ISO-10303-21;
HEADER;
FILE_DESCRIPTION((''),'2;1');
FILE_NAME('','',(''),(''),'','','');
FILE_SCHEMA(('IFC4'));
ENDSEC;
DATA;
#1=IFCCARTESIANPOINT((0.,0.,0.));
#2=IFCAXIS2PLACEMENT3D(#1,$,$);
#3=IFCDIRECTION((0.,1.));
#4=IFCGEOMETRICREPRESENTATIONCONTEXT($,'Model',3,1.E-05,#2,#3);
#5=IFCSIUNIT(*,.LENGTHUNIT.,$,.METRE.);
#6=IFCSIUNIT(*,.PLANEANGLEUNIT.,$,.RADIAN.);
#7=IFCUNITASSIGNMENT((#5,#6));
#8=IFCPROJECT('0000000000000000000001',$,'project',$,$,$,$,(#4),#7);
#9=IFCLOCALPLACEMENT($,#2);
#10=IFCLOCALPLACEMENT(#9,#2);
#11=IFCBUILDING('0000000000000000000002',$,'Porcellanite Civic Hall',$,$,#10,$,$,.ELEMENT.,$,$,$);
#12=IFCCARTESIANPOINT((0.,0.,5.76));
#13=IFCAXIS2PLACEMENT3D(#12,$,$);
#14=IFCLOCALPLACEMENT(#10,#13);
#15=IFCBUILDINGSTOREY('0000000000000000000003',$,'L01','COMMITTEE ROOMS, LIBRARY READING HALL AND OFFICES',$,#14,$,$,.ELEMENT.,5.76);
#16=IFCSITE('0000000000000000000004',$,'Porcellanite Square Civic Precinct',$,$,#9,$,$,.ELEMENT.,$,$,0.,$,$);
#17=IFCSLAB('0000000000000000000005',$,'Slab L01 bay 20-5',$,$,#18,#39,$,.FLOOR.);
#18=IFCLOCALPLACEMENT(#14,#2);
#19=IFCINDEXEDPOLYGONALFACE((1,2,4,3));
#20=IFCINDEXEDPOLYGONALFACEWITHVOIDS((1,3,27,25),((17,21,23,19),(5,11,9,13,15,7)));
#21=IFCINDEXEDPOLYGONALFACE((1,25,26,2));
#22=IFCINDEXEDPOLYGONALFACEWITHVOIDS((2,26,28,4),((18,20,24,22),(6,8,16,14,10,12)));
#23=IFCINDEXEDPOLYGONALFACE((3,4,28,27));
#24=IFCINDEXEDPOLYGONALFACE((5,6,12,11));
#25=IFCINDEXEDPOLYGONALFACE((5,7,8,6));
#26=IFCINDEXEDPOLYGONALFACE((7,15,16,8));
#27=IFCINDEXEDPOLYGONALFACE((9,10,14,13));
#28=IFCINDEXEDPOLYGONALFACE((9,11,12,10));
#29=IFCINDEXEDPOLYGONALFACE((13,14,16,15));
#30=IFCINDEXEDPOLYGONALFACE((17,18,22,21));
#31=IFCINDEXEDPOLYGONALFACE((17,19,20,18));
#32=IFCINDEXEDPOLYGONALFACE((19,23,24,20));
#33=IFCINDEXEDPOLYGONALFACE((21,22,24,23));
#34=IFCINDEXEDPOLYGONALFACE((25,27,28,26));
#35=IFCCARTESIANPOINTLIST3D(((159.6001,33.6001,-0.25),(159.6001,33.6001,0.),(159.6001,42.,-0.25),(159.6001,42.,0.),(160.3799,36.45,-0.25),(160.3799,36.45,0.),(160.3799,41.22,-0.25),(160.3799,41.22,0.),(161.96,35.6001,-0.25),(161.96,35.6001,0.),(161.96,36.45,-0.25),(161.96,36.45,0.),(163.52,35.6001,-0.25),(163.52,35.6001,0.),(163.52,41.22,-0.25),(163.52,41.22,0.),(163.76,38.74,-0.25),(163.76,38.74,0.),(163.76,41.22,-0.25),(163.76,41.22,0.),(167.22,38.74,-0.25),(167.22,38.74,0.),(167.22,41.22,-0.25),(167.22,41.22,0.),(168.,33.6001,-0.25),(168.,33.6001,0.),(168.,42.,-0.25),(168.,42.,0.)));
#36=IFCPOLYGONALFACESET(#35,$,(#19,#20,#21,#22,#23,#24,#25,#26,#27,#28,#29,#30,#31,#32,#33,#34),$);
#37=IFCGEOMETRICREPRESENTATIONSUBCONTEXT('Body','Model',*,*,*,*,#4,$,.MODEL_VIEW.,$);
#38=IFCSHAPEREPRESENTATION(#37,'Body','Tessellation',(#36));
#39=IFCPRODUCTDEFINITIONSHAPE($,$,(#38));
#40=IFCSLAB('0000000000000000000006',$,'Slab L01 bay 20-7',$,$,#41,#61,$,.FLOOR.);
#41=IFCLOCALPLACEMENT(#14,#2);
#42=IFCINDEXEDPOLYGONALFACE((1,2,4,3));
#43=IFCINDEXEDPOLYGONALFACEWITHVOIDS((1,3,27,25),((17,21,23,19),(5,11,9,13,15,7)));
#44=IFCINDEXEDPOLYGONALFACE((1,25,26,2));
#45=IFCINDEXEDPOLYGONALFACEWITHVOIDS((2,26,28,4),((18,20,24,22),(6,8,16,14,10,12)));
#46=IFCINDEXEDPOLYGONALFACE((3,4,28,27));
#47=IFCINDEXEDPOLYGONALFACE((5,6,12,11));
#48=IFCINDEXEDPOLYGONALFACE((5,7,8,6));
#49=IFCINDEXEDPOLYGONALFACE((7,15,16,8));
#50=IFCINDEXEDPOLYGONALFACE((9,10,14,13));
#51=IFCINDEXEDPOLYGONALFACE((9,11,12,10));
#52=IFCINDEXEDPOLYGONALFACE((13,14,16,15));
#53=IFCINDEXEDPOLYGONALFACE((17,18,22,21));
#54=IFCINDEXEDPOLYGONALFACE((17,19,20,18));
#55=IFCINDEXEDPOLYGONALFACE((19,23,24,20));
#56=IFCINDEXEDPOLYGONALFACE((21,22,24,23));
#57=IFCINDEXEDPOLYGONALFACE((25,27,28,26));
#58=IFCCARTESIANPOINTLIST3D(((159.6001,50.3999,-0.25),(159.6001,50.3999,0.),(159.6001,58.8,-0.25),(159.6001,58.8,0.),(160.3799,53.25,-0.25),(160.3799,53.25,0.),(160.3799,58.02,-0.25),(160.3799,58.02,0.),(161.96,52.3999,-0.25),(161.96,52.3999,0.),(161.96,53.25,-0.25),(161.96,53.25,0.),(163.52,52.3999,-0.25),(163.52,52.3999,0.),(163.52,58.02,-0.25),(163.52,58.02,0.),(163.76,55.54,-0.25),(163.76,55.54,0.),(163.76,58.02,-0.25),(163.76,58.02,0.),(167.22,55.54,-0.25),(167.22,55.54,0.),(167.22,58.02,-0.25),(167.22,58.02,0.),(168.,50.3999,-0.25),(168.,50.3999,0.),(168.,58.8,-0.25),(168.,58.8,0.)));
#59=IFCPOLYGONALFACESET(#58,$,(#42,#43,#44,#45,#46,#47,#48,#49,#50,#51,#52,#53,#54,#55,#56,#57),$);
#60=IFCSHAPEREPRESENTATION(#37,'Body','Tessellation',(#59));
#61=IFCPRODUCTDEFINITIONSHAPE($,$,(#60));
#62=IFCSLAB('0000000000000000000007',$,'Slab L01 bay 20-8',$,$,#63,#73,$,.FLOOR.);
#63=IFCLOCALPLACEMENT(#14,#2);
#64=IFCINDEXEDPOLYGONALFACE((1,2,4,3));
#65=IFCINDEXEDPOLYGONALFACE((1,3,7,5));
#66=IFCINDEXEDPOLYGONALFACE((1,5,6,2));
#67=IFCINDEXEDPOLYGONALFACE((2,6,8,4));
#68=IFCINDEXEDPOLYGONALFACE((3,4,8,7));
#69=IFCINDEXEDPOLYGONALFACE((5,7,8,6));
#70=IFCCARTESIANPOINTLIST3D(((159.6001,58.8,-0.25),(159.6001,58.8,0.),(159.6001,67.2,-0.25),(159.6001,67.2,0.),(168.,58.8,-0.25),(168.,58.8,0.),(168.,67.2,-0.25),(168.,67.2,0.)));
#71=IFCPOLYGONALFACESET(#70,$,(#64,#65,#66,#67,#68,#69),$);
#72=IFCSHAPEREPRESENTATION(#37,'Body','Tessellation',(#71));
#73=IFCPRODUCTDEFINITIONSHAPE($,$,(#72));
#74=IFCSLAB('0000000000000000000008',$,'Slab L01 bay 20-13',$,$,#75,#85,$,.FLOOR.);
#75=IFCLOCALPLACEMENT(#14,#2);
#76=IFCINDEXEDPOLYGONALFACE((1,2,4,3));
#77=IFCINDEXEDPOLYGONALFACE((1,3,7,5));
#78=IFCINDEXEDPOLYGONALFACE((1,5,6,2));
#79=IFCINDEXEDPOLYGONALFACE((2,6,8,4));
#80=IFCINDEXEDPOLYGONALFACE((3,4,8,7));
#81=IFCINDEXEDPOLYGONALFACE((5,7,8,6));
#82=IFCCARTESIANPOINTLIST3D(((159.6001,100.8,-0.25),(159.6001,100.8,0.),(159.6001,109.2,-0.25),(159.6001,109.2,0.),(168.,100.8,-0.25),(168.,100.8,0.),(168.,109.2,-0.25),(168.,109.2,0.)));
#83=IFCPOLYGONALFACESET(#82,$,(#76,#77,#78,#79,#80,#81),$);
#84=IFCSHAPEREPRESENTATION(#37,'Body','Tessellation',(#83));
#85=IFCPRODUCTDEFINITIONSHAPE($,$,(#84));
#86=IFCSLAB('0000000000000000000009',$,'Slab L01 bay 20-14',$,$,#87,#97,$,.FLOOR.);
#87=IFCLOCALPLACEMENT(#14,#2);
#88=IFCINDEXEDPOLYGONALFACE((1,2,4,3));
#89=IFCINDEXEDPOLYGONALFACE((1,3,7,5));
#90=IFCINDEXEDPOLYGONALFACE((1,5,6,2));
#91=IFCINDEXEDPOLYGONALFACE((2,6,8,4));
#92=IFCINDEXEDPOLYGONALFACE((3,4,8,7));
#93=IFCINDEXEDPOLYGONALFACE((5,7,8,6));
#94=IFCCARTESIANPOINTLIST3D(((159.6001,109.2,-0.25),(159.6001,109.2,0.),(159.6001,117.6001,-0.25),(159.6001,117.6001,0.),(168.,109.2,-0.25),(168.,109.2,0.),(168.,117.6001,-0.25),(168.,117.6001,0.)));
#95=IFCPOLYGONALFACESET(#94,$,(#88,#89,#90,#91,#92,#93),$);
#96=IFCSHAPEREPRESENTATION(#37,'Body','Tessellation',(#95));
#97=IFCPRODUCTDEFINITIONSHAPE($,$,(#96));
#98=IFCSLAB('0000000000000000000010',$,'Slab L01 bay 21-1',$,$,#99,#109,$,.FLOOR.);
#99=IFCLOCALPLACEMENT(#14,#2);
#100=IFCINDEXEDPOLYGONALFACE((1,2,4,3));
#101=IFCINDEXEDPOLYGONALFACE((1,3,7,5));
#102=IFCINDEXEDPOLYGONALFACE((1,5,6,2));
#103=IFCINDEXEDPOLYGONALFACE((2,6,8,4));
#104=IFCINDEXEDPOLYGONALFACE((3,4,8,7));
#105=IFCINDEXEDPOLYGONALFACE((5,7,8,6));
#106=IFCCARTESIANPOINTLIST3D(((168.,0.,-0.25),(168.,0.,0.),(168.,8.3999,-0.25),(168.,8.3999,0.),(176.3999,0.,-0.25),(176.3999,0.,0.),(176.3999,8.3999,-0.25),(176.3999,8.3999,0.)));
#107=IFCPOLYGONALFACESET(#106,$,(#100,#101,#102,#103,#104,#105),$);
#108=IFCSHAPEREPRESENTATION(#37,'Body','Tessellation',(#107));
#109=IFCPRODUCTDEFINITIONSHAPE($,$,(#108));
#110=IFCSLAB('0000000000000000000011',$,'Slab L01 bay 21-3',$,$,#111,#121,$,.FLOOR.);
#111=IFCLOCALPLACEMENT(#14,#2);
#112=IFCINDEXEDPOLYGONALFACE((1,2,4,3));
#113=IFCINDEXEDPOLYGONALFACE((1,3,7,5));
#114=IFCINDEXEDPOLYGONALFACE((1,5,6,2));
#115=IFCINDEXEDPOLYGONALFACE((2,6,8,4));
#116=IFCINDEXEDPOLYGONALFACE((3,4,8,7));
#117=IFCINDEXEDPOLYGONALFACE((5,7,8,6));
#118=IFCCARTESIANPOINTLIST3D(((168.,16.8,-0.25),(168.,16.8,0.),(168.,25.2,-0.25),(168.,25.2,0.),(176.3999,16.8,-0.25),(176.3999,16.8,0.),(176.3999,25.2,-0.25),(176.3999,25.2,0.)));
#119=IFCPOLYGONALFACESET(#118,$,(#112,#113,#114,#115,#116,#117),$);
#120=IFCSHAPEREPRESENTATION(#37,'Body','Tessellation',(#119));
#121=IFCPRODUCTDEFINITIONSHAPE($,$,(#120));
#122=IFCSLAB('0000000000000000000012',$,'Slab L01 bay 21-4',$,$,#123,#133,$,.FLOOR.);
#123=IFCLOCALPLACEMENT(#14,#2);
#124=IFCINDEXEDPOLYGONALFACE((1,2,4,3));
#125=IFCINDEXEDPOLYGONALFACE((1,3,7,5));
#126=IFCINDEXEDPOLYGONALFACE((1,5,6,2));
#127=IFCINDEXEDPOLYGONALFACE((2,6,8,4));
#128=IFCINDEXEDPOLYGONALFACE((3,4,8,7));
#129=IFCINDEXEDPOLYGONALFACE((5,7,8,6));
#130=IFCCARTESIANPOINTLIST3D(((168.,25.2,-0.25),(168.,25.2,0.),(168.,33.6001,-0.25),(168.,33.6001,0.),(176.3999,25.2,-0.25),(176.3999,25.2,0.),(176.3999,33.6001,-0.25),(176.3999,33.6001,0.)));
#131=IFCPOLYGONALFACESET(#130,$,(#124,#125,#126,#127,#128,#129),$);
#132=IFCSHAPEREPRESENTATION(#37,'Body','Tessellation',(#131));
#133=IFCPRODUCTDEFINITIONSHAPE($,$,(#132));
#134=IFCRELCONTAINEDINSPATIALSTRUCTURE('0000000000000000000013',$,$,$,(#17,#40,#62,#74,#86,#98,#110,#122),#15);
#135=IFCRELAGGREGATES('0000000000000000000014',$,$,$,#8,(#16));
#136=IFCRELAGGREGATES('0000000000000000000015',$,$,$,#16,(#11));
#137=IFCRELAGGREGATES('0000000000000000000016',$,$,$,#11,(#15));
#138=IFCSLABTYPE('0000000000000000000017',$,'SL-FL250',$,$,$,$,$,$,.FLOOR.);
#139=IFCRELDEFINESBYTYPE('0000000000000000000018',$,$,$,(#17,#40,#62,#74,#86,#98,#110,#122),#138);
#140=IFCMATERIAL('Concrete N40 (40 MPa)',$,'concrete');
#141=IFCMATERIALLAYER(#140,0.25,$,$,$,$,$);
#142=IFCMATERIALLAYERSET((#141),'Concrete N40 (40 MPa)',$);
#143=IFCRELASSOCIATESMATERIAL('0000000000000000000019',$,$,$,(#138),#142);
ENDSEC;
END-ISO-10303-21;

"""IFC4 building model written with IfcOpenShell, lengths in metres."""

from ifc_helpers import new_model, si_unit, direction, frame, origin, place, context, subcontext, project, spatial, polyline, outline, extrude, material, layer, layer_set, type_object, element, save


model = new_model("IFC4")

# Units and contexts
model_context = context("Model", 3, precision=1e-05, world=origin(), true_north=direction((0.0, 1.0)))
body_context = subcontext(model_context, "Body", "Model", "MODEL_VIEW")
ifc_project = project(units=[si_unit("LENGTHUNIT", "METRE"), si_unit("PLANEANGLEUNIT", "RADIAN")], contexts=[model_context])

# Site, building, storey
site_placement = place(None, origin())
site = spatial("IfcSite", under=ifc_project, at=site_placement, Name="Porcellanite Square Civic Precinct", CompositionType="ELEMENT", RefElevation=0.0)
building_placement = place(site_placement, origin())
building = spatial("IfcBuilding", under=site, at=building_placement, Name="Porcellanite Civic Hall", CompositionType="ELEMENT")
storey_placement = place(building_placement, frame((0.0, 0.0, 5.76)))
storey = spatial("IfcBuildingStorey", under=building, at=storey_placement, Name="L01", Description="COMMITTEE ROOMS, LIBRARY READING HALL AND OFFICES", CompositionType="ELEMENT", Elevation=5.76)

# Slabs
ifc_material_1 = material(Name="Concrete N40 (40 MPa)", Category="concrete")
ifc_layer = layer(ifc_material_1, 0.25)
ifc_layer_set = layer_set([ifc_layer], Name="Concrete N40 (40 MPa)")
slab_type = type_object("IfcSlabType", Name="SL-FL250", PredefinedType="FLOOR", material=ifc_layer_set)
slab_1_placement = place(storey_placement, frame((0.0, 0.0, -0.25)))
element("IfcSlab", 1, at=slab_1_placement, inside=storey, type_object=slab_type, Name="Slab L01 bay 20-5", PredefinedType="FLOOR", context=body_context, shape_type="SweptSolid", body=[
    extrude(outline(polyline([(159.6001, 33.6001), (168.0, 33.6001), (168.0, 42.0), (159.6001, 42.0), (159.6001, 33.6001)]), holes=[polyline([(160.3799, 36.45), (161.96, 36.45), (161.96, 35.6001), (163.52, 35.6001), (163.52, 41.22), (160.3799, 41.22), (160.3799, 36.45)]), polyline([(163.76, 38.74), (167.22, 38.74), (167.22, 41.22), (163.76, 41.22), (163.76, 38.74)])]), origin(), (0.0, 0.0, 1.0), 0.25),
])
slab_2_placement = place(storey_placement, frame((0.0, 0.0, -0.25)))
element("IfcSlab", 2, at=slab_2_placement, inside=storey, type_object=slab_type, Name="Slab L01 bay 20-7", PredefinedType="FLOOR", context=body_context, shape_type="SweptSolid", body=[
    extrude(outline(polyline([(159.6001, 50.3999), (168.0, 50.3999), (168.0, 58.8), (159.6001, 58.8), (159.6001, 50.3999)]), holes=[polyline([(160.3799, 53.25), (161.96, 53.25), (161.96, 52.3999), (163.52, 52.3999), (163.52, 58.02), (160.3799, 58.02), (160.3799, 53.25)]), polyline([(163.76, 55.54), (167.22, 55.54), (167.22, 58.02), (163.76, 58.02), (163.76, 55.54)])]), origin(), (0.0, 0.0, 1.0), 0.25),
])
slab_3_placement = place(storey_placement, frame((0.0, 0.0, -0.25)))
element("IfcSlab", 3, at=slab_3_placement, inside=storey, type_object=slab_type, Name="Slab L01 bay 20-8", PredefinedType="FLOOR", context=body_context, shape_type="SweptSolid", body=[
    extrude(outline(polyline([(159.6001, 58.8), (168.0, 58.8), (168.0, 67.2), (159.6001, 67.2), (159.6001, 58.8)])), origin(), (0.0, 0.0, 1.0), 0.25),
])
slab_4_placement = place(storey_placement, frame((0.0, 0.0, -0.25)))
element("IfcSlab", 4, at=slab_4_placement, inside=storey, type_object=slab_type, Name="Slab L01 bay 20-13", PredefinedType="FLOOR", context=body_context, shape_type="SweptSolid", body=[
    extrude(outline(polyline([(159.6001, 100.8), (168.0, 100.8), (168.0, 109.2), (159.6001, 109.2), (159.6001, 100.8)])), origin(), (0.0, 0.0, 1.0), 0.25),
])
slab_5_placement = place(storey_placement, frame((0.0, 0.0, -0.25)))
element("IfcSlab", 5, at=slab_5_placement, inside=storey, type_object=slab_type, Name="Slab L01 bay 20-14", PredefinedType="FLOOR", context=body_context, shape_type="SweptSolid", body=[
    extrude(outline(polyline([(159.6001, 109.2), (168.0, 109.2), (168.0, 117.6001), (159.6001, 117.6001), (159.6001, 109.2)])), origin(), (0.0, 0.0, 1.0), 0.25),
])
slab_6_placement = place(storey_placement, frame((0.0, 0.0, -0.25)))
element("IfcSlab", 6, at=slab_6_placement, inside=storey, type_object=slab_type, Name="Slab L01 bay 21-1", PredefinedType="FLOOR", context=body_context, shape_type="SweptSolid", body=[
    extrude(outline(polyline([(168.0, 0.0), (176.3999, 0.0), (176.3999, 8.3999), (168.0, 8.3999), (168.0, 0.0)])), origin(), (0.0, 0.0, 1.0), 0.25),
])
slab_7_placement = place(storey_placement, frame((0.0, 0.0, -0.25)))
element("IfcSlab", 7, at=slab_7_placement, inside=storey, type_object=slab_type, Name="Slab L01 bay 21-3", PredefinedType="FLOOR", context=body_context, shape_type="SweptSolid", body=[
    extrude(outline(polyline([(168.0, 16.8), (176.3999, 16.8), (176.3999, 25.2), (168.0, 25.2), (168.0, 16.8)])), origin(), (0.0, 0.0, 1.0), 0.25),
])
slab_8_placement = place(storey_placement, frame((0.0, 0.0, -0.25)))
element("IfcSlab", 8, at=slab_8_placement, inside=storey, type_object=slab_type, Name="Slab L01 bay 21-4", PredefinedType="FLOOR", context=body_context, shape_type="SweptSolid", body=[
    extrude(outline(polyline([(168.0, 25.2), (176.3999, 25.2), (176.3999, 33.6001), (168.0, 33.6001), (168.0, 25.2)])), origin(), (0.0, 0.0, 1.0), 0.25),
])

save(model, "model.ifc")
